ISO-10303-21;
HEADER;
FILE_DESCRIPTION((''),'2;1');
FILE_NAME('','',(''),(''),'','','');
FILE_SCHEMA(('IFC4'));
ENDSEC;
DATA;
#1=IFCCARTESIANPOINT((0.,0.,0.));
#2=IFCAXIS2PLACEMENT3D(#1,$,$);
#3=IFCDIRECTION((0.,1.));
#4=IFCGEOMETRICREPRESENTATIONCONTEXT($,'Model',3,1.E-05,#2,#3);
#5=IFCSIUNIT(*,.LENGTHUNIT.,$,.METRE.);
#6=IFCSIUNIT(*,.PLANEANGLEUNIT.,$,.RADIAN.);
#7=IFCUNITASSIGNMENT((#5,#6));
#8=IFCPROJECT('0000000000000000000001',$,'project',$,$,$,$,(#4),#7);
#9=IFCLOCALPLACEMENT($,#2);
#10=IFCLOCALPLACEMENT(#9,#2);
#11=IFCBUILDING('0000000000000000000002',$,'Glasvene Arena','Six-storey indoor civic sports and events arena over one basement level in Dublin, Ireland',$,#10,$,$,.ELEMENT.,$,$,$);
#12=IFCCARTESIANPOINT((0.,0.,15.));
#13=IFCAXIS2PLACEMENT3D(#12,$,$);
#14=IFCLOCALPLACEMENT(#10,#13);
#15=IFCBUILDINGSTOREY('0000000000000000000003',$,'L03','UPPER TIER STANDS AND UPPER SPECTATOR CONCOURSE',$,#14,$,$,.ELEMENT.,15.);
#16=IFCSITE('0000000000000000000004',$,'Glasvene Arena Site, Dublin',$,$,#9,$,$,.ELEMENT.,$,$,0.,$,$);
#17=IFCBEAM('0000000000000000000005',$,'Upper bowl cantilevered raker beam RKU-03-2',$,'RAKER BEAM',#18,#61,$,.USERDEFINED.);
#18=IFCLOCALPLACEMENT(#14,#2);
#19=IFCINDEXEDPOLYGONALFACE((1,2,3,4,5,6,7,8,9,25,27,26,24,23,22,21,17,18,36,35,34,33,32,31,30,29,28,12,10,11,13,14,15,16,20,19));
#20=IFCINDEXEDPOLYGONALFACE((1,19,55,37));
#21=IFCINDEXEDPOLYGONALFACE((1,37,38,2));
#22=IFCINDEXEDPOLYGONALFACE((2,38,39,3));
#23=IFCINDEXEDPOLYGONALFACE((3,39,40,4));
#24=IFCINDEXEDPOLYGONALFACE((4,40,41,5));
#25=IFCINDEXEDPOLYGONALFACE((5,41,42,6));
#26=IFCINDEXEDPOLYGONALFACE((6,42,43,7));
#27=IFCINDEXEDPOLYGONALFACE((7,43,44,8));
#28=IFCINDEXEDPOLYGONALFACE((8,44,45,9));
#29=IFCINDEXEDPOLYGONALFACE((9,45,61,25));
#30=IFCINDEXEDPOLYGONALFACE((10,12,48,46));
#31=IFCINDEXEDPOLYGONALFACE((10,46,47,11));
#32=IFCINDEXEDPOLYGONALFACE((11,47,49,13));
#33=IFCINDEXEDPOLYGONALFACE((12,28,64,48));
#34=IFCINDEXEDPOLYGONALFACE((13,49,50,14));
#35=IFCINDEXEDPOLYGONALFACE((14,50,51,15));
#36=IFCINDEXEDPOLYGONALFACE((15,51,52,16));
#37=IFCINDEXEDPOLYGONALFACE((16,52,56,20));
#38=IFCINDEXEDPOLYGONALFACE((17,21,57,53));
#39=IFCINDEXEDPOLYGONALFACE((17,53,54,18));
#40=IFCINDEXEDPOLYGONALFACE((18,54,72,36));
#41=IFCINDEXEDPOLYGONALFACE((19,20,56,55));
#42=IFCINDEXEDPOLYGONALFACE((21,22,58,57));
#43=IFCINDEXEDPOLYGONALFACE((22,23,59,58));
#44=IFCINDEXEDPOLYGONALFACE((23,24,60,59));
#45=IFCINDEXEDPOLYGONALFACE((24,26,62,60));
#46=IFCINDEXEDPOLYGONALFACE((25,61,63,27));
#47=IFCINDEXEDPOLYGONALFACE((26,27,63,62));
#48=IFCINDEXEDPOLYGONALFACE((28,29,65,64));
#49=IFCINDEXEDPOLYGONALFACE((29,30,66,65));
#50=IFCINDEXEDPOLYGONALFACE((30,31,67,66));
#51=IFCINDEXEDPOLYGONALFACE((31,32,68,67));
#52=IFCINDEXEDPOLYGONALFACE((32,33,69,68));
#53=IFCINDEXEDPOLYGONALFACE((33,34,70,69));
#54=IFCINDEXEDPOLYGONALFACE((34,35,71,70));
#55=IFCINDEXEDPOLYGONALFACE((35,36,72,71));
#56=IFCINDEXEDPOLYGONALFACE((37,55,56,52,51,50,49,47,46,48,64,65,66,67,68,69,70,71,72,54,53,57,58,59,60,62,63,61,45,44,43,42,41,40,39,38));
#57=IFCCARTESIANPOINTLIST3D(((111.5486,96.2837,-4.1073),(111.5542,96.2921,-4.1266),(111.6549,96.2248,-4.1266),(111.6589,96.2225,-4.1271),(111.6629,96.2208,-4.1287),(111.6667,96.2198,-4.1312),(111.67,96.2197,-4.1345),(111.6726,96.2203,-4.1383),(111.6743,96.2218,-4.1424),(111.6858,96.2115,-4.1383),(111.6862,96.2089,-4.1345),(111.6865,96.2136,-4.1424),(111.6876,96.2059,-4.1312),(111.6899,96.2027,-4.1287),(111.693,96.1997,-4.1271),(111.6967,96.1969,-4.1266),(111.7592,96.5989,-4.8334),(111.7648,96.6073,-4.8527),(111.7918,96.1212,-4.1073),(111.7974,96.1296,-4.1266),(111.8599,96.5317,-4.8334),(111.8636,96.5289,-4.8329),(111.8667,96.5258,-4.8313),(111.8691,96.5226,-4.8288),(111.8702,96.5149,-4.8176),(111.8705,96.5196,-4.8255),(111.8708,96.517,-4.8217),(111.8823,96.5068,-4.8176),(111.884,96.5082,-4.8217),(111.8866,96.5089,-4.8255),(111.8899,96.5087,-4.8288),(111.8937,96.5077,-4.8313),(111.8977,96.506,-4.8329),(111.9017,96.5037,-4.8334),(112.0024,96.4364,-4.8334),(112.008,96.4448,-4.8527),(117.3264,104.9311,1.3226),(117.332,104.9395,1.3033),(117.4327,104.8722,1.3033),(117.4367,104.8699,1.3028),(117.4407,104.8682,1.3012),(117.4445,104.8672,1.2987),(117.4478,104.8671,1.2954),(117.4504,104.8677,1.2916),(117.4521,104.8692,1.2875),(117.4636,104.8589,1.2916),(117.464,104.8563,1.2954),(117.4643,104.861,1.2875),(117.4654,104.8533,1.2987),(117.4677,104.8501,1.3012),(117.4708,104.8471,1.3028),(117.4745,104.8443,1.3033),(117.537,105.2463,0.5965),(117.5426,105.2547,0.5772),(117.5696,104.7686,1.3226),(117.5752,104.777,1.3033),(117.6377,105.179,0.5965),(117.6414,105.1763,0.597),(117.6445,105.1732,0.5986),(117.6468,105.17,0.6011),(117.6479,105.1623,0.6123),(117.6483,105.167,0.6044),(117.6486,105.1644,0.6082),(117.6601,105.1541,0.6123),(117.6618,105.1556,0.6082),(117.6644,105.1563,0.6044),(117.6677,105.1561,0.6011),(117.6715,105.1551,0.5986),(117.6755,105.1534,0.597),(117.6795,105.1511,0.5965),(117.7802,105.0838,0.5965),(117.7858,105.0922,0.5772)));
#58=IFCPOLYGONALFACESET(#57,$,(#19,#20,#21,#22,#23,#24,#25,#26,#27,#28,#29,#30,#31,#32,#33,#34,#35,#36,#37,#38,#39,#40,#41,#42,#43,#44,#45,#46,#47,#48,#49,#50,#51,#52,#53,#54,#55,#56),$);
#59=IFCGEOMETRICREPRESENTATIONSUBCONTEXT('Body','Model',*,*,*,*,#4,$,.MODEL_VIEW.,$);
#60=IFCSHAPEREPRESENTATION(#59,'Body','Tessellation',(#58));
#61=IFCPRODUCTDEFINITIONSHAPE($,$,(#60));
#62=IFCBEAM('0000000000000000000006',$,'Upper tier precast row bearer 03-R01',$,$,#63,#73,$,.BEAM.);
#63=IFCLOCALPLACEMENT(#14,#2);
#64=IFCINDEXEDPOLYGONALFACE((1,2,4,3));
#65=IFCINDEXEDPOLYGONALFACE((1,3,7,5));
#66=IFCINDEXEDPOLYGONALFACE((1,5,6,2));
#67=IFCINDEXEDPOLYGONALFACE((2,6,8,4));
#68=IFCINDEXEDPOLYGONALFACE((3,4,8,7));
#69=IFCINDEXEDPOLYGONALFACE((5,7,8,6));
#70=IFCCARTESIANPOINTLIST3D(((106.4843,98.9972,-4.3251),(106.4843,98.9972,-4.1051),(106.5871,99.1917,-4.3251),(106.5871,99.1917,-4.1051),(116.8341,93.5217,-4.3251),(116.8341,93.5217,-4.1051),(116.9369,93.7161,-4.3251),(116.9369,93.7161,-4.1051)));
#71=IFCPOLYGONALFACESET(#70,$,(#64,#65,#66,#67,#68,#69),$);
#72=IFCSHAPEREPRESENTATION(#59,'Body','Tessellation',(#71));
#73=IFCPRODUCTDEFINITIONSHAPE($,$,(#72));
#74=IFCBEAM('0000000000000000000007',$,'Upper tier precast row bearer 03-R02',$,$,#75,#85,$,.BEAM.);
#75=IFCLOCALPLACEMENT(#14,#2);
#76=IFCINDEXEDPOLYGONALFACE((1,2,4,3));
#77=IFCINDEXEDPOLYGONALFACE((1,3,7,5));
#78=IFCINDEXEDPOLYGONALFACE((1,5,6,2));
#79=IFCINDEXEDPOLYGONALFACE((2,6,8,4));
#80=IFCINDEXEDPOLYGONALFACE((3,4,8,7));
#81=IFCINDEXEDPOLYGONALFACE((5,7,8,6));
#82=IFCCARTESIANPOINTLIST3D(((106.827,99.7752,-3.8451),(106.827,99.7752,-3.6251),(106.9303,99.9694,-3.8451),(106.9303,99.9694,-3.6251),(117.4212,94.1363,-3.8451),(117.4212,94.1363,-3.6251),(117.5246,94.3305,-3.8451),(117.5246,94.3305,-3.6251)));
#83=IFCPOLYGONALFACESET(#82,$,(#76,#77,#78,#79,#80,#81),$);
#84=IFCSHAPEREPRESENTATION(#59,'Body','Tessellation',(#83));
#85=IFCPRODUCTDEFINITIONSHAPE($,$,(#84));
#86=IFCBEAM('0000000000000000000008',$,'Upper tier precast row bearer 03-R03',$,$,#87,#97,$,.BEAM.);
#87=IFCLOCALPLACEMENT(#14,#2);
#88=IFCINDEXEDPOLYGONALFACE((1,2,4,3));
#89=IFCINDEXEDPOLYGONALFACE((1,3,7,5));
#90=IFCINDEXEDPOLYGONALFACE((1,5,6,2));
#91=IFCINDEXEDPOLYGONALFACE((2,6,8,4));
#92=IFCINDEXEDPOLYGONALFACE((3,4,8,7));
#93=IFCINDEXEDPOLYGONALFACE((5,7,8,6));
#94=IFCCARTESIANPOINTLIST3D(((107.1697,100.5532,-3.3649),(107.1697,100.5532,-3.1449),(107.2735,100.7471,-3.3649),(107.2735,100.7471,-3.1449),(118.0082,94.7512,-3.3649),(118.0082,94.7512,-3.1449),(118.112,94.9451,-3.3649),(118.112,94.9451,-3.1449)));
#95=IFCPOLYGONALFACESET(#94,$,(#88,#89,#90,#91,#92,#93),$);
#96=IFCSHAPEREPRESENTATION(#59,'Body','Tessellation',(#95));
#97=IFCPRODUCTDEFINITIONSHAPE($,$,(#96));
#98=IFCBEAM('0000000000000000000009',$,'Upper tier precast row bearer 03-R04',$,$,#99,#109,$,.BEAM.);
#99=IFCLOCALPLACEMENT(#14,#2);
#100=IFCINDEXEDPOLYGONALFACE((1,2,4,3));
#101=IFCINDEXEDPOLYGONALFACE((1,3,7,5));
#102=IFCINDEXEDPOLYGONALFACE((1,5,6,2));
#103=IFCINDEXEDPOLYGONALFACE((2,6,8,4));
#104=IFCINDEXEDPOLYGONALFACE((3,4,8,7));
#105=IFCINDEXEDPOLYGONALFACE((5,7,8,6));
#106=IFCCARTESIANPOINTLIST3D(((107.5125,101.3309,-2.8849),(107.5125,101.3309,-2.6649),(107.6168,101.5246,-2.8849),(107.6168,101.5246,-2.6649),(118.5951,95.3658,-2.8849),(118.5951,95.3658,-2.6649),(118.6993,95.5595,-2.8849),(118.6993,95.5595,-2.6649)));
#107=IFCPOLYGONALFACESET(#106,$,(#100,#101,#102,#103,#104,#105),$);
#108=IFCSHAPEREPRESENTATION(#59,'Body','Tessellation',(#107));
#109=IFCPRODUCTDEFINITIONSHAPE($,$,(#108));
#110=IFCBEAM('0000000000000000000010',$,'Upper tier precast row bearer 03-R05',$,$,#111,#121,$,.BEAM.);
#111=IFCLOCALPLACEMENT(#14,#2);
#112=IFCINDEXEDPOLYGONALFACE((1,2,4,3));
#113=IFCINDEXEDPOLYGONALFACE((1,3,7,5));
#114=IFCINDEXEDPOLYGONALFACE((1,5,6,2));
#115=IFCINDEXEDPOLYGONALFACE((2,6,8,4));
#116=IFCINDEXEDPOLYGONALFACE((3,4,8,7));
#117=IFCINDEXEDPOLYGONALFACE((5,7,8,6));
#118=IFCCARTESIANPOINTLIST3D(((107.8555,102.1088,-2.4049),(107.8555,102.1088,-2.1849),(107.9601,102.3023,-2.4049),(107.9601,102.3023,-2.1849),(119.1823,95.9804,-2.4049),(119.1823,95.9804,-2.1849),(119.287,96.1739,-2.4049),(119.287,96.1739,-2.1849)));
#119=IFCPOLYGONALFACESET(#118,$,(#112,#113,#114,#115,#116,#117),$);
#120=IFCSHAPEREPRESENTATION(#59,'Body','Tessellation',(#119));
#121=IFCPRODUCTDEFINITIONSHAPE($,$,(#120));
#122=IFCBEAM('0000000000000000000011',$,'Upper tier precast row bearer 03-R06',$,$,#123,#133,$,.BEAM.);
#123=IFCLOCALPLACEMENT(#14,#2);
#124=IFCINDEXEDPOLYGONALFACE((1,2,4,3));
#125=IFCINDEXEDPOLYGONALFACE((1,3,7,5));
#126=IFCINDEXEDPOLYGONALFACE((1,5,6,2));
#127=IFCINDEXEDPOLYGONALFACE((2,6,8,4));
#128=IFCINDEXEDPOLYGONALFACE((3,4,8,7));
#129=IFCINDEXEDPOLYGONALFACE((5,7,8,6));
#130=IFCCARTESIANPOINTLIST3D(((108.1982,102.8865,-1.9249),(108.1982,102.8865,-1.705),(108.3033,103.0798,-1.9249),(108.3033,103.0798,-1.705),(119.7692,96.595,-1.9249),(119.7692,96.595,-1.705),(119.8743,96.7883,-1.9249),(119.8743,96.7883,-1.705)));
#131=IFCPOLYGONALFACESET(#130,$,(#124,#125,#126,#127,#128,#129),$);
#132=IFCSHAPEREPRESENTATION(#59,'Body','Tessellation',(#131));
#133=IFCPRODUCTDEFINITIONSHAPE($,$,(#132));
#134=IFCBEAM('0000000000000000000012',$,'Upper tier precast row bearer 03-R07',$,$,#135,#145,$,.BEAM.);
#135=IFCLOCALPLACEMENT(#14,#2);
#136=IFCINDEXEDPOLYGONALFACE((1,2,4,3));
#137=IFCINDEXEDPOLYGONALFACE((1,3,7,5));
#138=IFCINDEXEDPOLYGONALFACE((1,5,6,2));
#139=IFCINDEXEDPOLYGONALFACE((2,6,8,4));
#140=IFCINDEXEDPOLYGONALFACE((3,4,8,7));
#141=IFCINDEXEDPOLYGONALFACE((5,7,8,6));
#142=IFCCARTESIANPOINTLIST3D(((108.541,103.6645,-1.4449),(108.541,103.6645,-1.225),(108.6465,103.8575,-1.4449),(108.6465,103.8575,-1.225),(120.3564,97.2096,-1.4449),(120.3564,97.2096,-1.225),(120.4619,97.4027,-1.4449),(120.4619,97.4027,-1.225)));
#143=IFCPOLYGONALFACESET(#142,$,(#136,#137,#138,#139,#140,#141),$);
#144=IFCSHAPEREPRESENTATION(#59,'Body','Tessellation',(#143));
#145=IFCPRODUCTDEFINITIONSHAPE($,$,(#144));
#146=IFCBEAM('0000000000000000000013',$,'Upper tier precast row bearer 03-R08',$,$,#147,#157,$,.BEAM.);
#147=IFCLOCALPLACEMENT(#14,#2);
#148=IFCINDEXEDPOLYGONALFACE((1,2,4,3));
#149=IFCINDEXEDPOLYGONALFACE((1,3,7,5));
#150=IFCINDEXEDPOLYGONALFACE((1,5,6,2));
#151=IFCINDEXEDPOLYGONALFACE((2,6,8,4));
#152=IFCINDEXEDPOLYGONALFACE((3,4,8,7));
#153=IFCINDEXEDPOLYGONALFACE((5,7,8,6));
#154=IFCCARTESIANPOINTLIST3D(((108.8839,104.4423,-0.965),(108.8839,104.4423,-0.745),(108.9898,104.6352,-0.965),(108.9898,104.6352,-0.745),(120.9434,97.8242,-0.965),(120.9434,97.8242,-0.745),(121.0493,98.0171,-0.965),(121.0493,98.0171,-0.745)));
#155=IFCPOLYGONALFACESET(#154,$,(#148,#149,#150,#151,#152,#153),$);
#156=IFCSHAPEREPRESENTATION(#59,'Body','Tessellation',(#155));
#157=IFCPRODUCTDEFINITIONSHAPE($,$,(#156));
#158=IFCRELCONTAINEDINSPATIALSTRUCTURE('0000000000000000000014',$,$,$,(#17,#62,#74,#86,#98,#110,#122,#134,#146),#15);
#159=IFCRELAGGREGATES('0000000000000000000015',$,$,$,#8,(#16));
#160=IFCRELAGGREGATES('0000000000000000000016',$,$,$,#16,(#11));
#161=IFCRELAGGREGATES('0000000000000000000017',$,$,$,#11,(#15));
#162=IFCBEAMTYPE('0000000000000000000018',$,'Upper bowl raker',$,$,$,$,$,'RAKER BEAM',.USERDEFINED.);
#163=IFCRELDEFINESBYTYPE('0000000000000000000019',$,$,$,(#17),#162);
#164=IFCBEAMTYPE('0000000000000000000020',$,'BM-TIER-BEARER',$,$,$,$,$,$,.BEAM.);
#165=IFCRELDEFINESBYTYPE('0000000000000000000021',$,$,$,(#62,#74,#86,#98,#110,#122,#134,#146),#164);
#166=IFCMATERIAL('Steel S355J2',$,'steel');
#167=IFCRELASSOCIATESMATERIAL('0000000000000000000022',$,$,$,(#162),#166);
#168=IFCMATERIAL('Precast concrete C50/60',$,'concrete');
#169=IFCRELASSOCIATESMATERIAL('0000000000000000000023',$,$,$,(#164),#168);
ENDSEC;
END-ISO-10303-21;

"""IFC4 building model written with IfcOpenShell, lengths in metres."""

from ifc_helpers import new_model, si_unit, direction, frame, origin, origin_2d, place, context, subcontext, project, spatial, rectangle, i_section, extrude, material, material_profile, profile_set, type_object, element, save


model = new_model("IFC4")

# Units and contexts
model_context = context("Model", 3, precision=1e-05, world=origin(), true_north=direction((0.0, 1.0)))
body_context = subcontext(model_context, "Body", "Model", "MODEL_VIEW")
ifc_project = project(units=[si_unit("LENGTHUNIT", "METRE"), si_unit("PLANEANGLEUNIT", "RADIAN")], contexts=[model_context])

# Site, building, storey
site_placement = place(None, origin())
site = spatial("IfcSite", under=ifc_project, at=site_placement, Name="Glasvene Arena Site, Dublin", CompositionType="ELEMENT", RefElevation=0.0)
building_placement = place(site_placement, origin())
building = spatial("IfcBuilding", under=site, at=building_placement, Name="Glasvene Arena", Description="Six-storey indoor civic sports and events arena over one basement level in Dublin, Ireland", CompositionType="ELEMENT")
storey_placement = place(building_placement, frame((0.0, 0.0, 15.0)))
storey = spatial("IfcBuildingStorey", under=building, at=storey_placement, Name="L03", Description="UPPER TIER STANDS AND UPPER SPECTATOR CONCOURSE", CompositionType="ELEMENT", Elevation=15.0)

# Shared definitions
ifc_material_1 = material(Name="Steel S355J2", Category="steel")

# Beams
ifc_material_profile_1 = material_profile(ifc_material_1, i_section(OverallWidth=0.2925, OverallDepth=0.8408, WebThickness=0.0146, FlangeThickness=0.0217, FilletRadius=0.0178, at=origin_2d()), Name="UKB 838x292x194")
ifc_profile_set_1 = profile_set([ifc_material_profile_1], Name="Steel S355J2")
beam_type_1 = type_object("IfcBeamType", Name="Upper bowl raker", ElementType="RAKER BEAM", PredefinedType="USERDEFINED", material=ifc_profile_set_1)
beam_1_placement = place(storey_placement, frame((111.7783, 96.3643, -4.48), z_axis=(0.492474, 0.737067, 0.46282), x_axis=(-0.831479, 0.555556, 0.0)))
element("IfcBeam", 1, at=beam_1_placement, inside=storey, type_object=beam_type_1, Name="Upper bowl cantilevered raker beam RKU-03-2", ObjectType="RAKER BEAM", PredefinedType="USERDEFINED", context=body_context, shape_type="SweptSolid", body=[
    extrude(i_section(OverallWidth=0.2925, OverallDepth=0.8408, WebThickness=0.0146, FlangeThickness=0.0217, FilletRadius=0.0178, at=origin_2d()), origin(), (0.0, 0.0, 1.0), 11.7322),
])
ifc_material_2 = material(Name="Precast concrete C50/60", Category="concrete")
ifc_material_profile_2 = material_profile(ifc_material_2, rectangle(XDim=0.22, YDim=0.22, at=origin_2d()), Name="RC 220x220")
ifc_profile_set_2 = profile_set([ifc_material_profile_2], Name="Precast concrete C50/60")
beam_type_2 = type_object("IfcBeamType", Name="BM-TIER-BEARER", PredefinedType="BEAM", material=ifc_profile_set_2)
beam_2_placement = place(storey_placement, frame((116.8855, 93.6189, -4.2151), z_axis=(-0.88392, 0.467638, 0.0), x_axis=(-0.467638, -0.88392, 0.0)))
element("IfcBeam", 2, at=beam_2_placement, inside=storey, type_object=beam_type_2, Name="Upper tier precast row bearer 03-R01", PredefinedType="BEAM", context=body_context, shape_type="SweptSolid", body=[
    extrude(rectangle(XDim=0.22, YDim=0.22, at=origin_2d()), origin(), (0.0, 0.0, 1.0), 11.709),
])
beam_3_placement = place(storey_placement, frame((117.4729, 94.2334, -3.7351), z_axis=(-0.882745, 0.469852, 0.0), x_axis=(-0.469852, -0.882745, 0.0)))
element("IfcBeam", 3, at=beam_3_placement, inside=storey, type_object=beam_type_2, Name="Upper tier precast row bearer 03-R02", PredefinedType="BEAM", context=body_context, shape_type="SweptSolid", body=[
    extrude(rectangle(XDim=0.22, YDim=0.22, at=origin_2d()), origin(), (0.0, 0.0, 1.0), 12.0015),
])
beam_4_placement = place(storey_placement, frame((118.0601, 94.8481, -3.2549), z_axis=(-0.881625, 0.471951, 0.0), x_axis=(-0.471951, -0.881625, 0.0)))
element("IfcBeam", 4, at=beam_4_placement, inside=storey, type_object=beam_type_2, Name="Upper tier precast row bearer 03-R03", PredefinedType="BEAM", context=body_context, shape_type="SweptSolid", body=[
    extrude(rectangle(XDim=0.22, YDim=0.22, at=origin_2d()), origin(), (0.0, 0.0, 1.0), 12.2937),
])
beam_5_placement = place(storey_placement, frame((118.6472, 95.4626, -2.7749), z_axis=(-0.880551, 0.473951, 0.0), x_axis=(-0.473951, -0.880551, 0.0)))
element("IfcBeam", 5, at=beam_5_placement, inside=storey, type_object=beam_type_2, Name="Upper tier precast row bearer 03-R04", PredefinedType="BEAM", context=body_context, shape_type="SweptSolid", body=[
    extrude(rectangle(XDim=0.22, YDim=0.22, at=origin_2d()), origin(), (0.0, 0.0, 1.0), 12.5859),
])
beam_6_placement = place(storey_placement, frame((119.2346, 96.0771, -2.2949), z_axis=(-0.879519, 0.475864, 0.0), x_axis=(-0.475864, -0.879519, 0.0)))
element("IfcBeam", 6, at=beam_6_placement, inside=storey, type_object=beam_type_2, Name="Upper tier precast row bearer 03-R05", PredefinedType="BEAM", context=body_context, shape_type="SweptSolid", body=[
    extrude(rectangle(XDim=0.22, YDim=0.22, at=origin_2d()), origin(), (0.0, 0.0, 1.0), 12.8784),
])
beam_7_placement = place(storey_placement, frame((119.8218, 96.6917, -1.8149), z_axis=(-0.878532, 0.477683, 0.0), x_axis=(-0.477683, -0.878532, 0.0)))
element("IfcBeam", 7, at=beam_7_placement, inside=storey, type_object=beam_type_2, Name="Upper tier precast row bearer 03-R06", PredefinedType="BEAM", context=body_context, shape_type="SweptSolid", body=[
    extrude(rectangle(XDim=0.22, YDim=0.22, at=origin_2d()), origin(), (0.0, 0.0, 1.0), 13.1709),
])
beam_8_placement = place(storey_placement, frame((120.4092, 97.3062, -1.335), z_axis=(-0.877581, 0.479428, 0.0), x_axis=(-0.479428, -0.877581, 0.0)))
element("IfcBeam", 8, at=beam_8_placement, inside=storey, type_object=beam_type_2, Name="Upper tier precast row bearer 03-R07", PredefinedType="BEAM", context=body_context, shape_type="SweptSolid", body=[
    extrude(rectangle(XDim=0.22, YDim=0.22, at=origin_2d()), origin(), (0.0, 0.0, 1.0), 13.4636),
])
beam_9_placement = place(storey_placement, frame((120.9963, 97.9207, -0.855), z_axis=(-0.876664, 0.481104, 0.0), x_axis=(-0.481104, -0.876664, 0.0)))
element("IfcBeam", 9, at=beam_9_placement, inside=storey, type_object=beam_type_2, Name="Upper tier precast row bearer 03-R08", PredefinedType="BEAM", context=body_context, shape_type="SweptSolid", body=[
    extrude(rectangle(XDim=0.22, YDim=0.22, at=origin_2d()), origin(), (0.0, 0.0, 1.0), 13.7561),
])

save(model, "model.ifc")
